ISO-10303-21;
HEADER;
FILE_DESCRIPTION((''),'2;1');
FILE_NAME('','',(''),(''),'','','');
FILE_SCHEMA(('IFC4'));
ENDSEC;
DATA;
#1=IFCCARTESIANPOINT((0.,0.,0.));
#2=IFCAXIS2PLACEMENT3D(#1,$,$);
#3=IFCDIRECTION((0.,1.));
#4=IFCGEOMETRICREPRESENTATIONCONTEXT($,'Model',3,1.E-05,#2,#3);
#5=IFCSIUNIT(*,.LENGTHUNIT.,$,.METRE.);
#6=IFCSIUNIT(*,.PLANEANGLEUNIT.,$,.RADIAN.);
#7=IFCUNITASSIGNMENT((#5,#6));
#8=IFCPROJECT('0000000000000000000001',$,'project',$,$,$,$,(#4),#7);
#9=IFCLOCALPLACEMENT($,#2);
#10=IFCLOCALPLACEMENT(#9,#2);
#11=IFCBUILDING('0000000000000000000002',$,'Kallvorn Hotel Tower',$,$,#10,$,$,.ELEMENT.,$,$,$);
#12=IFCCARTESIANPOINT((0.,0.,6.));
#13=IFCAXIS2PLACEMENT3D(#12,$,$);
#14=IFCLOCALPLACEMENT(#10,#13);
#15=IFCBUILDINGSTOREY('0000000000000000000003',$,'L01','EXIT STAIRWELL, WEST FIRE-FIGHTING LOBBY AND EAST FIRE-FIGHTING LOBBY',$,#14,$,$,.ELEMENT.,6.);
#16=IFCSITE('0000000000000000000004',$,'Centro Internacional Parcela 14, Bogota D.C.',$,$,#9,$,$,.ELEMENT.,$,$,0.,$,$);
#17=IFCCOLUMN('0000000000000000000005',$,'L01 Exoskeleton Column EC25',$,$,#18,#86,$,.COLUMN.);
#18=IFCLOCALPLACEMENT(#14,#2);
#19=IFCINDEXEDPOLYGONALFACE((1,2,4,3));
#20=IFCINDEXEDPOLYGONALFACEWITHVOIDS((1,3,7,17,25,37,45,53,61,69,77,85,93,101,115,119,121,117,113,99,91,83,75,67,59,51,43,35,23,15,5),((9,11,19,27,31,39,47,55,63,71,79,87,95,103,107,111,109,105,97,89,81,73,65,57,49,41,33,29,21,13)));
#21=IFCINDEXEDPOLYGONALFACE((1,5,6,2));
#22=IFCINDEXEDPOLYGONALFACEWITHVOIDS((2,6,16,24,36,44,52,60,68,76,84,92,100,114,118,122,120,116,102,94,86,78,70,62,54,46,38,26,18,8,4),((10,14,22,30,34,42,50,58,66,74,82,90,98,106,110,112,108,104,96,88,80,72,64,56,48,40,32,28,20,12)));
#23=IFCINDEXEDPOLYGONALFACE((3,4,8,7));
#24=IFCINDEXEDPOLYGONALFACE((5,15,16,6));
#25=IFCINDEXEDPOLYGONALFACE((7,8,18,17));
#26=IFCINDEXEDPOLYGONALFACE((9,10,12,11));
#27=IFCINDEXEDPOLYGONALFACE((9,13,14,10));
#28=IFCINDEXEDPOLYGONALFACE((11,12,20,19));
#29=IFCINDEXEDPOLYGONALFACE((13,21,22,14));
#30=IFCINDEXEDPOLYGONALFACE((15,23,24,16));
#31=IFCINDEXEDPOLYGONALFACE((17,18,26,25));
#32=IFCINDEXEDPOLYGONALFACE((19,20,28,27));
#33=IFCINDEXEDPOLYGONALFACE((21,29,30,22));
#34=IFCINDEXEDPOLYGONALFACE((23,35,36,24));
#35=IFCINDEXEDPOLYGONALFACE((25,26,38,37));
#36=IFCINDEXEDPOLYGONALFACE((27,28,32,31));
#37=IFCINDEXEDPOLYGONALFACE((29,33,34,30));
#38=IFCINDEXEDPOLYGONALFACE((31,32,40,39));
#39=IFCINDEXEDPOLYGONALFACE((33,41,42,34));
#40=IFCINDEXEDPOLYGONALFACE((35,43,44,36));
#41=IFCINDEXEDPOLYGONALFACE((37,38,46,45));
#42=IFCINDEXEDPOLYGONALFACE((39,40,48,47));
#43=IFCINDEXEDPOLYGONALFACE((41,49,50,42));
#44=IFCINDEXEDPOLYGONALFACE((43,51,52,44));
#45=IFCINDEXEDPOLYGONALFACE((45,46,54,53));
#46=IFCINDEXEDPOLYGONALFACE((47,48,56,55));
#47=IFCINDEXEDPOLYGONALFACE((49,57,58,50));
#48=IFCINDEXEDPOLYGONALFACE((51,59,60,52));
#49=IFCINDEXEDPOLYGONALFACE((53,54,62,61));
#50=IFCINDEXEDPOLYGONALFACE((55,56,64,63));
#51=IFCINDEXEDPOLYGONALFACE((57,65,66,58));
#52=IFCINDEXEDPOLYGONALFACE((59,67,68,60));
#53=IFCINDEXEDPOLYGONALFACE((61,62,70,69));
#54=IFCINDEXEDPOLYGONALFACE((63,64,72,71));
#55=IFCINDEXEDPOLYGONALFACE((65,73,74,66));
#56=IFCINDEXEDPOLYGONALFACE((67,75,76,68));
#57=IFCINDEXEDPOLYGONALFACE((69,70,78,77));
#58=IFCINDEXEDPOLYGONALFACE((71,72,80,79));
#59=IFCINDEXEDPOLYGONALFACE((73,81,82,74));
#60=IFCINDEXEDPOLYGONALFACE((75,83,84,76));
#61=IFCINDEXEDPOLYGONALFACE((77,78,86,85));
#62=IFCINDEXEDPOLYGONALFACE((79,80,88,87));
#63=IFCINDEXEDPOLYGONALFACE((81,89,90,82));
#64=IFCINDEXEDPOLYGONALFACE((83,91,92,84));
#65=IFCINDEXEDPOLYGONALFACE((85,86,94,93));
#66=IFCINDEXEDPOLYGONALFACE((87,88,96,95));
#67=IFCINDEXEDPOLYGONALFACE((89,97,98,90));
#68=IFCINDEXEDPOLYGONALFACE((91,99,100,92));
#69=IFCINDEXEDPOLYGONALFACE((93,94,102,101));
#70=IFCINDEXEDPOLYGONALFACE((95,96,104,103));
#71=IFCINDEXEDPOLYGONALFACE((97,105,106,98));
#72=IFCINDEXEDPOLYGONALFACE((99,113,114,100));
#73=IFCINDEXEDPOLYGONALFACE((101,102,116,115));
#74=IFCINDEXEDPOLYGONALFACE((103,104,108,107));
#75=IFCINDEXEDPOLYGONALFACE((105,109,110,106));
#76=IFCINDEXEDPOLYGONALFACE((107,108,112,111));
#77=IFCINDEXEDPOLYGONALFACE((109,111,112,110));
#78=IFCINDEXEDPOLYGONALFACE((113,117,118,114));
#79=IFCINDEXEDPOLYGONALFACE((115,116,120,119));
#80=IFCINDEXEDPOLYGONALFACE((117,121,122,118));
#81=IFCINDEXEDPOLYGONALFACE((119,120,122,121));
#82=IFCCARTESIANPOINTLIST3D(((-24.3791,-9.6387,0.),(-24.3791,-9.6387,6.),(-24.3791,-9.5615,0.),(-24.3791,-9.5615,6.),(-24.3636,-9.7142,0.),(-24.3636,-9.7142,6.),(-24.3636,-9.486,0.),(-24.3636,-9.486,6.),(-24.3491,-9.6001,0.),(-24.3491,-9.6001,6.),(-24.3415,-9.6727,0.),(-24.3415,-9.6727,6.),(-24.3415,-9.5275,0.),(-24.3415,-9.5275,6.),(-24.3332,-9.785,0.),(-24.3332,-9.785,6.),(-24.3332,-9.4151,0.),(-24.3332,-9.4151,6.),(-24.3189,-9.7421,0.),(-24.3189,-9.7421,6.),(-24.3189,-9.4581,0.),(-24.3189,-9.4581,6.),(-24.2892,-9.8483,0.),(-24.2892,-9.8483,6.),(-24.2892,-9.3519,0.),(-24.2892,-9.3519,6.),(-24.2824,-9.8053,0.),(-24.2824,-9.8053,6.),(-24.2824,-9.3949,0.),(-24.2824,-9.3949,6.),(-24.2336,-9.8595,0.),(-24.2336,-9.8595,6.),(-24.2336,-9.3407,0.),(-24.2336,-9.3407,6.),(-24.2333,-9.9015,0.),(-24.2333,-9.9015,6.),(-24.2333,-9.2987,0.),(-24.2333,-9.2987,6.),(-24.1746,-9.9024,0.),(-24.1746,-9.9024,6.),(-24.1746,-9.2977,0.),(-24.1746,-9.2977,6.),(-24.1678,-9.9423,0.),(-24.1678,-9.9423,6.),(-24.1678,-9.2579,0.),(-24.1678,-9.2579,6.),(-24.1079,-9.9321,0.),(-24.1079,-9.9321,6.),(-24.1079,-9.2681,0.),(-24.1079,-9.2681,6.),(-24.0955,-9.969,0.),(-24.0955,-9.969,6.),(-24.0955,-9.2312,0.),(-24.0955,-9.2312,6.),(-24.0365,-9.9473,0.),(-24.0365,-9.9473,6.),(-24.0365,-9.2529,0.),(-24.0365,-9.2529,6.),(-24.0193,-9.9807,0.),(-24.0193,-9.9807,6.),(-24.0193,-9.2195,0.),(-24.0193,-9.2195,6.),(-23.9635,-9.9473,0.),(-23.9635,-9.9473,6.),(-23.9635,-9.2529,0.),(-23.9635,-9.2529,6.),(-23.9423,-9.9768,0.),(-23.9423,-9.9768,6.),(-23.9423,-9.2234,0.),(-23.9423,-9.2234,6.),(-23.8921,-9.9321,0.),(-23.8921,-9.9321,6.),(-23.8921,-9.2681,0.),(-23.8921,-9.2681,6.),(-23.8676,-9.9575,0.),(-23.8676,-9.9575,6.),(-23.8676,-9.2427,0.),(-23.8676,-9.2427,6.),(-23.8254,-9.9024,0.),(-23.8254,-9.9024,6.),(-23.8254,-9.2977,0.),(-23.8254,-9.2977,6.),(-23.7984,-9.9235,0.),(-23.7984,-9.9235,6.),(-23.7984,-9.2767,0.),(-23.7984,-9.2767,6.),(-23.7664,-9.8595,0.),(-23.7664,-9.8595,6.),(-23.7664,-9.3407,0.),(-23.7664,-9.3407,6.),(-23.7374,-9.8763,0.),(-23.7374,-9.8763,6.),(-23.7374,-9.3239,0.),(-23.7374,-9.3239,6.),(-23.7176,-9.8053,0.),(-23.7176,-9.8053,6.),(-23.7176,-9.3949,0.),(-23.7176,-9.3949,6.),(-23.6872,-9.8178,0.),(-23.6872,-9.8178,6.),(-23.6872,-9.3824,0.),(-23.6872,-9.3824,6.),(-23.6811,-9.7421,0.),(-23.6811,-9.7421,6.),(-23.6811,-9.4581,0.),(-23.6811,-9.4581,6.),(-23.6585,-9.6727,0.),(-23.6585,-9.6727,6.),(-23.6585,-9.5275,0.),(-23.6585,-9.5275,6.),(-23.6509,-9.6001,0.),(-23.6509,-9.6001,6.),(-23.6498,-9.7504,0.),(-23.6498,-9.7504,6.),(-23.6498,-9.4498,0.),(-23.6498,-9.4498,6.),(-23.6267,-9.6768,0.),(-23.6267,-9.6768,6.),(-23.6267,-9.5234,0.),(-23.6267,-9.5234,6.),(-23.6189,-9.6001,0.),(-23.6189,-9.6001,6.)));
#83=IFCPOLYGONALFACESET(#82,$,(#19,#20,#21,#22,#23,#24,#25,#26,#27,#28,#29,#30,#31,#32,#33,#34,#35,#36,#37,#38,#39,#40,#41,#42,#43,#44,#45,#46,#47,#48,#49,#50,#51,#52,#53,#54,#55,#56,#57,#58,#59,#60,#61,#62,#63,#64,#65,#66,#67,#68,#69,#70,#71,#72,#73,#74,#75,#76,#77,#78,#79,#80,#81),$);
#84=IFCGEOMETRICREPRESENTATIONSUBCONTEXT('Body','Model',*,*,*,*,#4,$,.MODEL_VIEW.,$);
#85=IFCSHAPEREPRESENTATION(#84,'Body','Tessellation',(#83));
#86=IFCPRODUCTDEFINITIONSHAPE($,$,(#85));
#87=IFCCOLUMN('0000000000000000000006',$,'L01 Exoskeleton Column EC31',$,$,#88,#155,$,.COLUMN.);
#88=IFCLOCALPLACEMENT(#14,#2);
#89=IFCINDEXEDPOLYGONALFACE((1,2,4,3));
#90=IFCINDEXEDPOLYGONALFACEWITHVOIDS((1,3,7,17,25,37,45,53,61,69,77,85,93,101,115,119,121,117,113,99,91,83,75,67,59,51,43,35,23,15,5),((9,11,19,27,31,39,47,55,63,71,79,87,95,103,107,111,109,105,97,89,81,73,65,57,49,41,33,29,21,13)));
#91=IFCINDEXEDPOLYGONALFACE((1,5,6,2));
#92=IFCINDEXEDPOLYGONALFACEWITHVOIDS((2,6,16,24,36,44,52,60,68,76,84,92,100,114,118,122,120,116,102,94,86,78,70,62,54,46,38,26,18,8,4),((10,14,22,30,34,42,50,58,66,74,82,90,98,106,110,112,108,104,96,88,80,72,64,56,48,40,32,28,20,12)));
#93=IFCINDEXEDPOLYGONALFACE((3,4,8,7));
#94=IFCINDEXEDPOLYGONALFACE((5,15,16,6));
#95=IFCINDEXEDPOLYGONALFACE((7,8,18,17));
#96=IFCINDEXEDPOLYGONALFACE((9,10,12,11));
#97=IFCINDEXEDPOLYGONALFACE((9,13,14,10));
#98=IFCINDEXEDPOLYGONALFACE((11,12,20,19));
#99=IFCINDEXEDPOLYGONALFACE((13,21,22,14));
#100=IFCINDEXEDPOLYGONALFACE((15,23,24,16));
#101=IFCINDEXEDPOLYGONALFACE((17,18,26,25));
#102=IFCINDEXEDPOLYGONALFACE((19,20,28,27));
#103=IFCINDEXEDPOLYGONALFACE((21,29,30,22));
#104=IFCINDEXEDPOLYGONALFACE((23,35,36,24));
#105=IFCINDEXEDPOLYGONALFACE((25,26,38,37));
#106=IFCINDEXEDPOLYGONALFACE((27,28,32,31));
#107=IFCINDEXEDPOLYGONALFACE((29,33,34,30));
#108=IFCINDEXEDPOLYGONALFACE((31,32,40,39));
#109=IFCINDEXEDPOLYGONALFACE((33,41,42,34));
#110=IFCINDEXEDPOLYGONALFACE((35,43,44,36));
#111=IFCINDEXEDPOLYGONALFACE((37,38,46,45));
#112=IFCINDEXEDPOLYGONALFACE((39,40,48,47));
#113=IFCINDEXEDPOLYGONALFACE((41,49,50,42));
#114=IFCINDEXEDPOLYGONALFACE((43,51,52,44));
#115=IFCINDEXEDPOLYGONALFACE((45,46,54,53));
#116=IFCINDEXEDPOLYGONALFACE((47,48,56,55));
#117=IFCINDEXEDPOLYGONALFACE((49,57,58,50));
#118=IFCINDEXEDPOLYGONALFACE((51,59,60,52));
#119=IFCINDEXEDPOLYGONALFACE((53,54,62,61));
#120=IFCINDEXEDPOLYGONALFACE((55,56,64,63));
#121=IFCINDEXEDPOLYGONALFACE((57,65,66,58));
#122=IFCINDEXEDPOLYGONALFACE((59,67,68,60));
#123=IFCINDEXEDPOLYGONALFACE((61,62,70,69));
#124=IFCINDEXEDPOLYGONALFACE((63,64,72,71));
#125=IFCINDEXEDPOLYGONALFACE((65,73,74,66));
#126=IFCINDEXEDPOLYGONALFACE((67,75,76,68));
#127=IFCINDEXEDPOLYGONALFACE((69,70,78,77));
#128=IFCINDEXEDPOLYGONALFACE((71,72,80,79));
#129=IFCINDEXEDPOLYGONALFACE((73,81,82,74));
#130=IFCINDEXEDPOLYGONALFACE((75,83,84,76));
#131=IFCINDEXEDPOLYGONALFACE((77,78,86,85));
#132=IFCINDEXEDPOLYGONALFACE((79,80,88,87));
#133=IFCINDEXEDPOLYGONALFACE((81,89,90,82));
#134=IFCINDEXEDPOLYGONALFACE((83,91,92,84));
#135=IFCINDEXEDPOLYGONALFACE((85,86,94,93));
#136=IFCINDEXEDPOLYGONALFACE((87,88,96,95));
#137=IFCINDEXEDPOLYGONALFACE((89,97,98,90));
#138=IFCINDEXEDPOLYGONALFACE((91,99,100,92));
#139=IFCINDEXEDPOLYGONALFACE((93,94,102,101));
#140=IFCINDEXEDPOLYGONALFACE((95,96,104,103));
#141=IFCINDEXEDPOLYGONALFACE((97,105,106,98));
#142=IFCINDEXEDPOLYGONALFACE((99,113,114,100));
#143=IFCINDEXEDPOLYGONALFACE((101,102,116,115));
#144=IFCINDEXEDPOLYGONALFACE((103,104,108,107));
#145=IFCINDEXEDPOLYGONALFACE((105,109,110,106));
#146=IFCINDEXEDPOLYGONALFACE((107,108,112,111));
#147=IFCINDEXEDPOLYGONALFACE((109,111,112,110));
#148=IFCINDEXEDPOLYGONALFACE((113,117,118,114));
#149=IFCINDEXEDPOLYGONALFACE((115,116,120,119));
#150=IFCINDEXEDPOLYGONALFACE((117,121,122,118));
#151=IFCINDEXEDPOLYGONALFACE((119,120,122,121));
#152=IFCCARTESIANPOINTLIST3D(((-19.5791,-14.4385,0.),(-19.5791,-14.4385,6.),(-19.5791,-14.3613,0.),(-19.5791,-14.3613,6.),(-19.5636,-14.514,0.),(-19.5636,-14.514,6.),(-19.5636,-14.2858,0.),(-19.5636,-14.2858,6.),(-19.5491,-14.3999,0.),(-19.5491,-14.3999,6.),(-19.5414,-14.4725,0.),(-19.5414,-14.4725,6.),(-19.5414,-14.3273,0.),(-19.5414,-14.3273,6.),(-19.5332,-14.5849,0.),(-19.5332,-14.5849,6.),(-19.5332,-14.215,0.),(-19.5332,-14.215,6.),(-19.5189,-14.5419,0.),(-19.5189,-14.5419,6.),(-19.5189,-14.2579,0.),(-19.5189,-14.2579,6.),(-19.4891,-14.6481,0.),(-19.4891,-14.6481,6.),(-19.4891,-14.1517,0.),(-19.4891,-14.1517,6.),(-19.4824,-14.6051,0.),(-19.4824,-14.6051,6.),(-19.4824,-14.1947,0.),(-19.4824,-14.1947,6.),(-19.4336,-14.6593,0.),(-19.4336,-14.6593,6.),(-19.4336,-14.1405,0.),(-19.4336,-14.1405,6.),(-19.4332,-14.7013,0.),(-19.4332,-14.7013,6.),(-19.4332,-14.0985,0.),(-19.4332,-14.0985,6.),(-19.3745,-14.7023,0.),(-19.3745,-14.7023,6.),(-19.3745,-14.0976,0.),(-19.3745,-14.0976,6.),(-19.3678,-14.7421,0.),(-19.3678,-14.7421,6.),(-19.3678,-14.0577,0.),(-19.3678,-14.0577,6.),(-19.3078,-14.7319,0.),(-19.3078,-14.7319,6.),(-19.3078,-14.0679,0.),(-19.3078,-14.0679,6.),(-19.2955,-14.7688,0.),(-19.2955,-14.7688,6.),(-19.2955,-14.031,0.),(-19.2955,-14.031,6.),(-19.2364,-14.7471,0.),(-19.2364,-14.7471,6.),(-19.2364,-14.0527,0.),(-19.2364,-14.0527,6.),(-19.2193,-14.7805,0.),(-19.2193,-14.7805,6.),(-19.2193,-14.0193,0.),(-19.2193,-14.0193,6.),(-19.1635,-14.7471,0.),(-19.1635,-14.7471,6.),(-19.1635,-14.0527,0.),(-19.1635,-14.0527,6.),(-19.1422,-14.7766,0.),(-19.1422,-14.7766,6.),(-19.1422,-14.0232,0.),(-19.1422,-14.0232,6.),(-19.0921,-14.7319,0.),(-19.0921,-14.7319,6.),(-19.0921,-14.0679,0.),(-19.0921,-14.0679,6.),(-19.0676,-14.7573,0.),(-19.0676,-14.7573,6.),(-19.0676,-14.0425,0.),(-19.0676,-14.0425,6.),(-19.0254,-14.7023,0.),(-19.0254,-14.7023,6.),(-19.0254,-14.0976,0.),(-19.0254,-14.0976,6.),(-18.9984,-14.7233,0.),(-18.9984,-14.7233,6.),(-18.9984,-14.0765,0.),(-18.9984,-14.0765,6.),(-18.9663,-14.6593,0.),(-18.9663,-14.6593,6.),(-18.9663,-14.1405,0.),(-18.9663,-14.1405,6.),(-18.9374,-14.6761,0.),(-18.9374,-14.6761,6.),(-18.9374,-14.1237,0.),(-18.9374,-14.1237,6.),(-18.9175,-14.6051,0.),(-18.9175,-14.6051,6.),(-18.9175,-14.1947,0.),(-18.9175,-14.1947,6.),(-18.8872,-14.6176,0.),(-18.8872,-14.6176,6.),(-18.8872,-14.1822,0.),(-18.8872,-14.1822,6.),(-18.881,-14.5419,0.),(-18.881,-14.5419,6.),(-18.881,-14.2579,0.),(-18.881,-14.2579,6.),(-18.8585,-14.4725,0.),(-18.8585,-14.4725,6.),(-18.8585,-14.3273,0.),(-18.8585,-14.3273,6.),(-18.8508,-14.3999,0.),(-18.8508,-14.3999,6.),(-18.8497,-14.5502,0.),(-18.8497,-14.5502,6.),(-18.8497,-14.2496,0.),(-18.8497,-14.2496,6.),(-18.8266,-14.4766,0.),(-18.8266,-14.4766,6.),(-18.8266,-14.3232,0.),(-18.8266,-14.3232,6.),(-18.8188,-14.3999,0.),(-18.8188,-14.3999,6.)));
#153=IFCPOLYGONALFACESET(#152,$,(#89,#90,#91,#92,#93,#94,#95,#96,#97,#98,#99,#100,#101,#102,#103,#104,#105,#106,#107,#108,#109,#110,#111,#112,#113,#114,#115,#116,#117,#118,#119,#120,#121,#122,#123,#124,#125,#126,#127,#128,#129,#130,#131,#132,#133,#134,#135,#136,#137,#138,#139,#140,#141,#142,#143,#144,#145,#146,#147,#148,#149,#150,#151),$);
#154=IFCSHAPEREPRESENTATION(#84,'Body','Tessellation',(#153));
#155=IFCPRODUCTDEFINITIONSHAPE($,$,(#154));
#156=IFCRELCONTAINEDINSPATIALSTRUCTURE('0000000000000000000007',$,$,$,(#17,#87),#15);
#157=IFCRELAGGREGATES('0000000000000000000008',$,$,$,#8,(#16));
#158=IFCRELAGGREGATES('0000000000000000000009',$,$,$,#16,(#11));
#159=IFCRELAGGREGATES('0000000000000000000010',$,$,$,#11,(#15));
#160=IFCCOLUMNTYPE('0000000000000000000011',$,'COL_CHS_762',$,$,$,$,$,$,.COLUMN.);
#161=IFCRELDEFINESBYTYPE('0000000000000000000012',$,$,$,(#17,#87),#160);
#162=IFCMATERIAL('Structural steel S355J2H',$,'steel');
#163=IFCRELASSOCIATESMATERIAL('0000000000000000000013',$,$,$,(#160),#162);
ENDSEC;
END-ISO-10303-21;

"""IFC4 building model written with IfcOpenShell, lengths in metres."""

from ifc_helpers import new_model, si_unit, direction, frame, origin, origin_2d, place, context, subcontext, project, spatial, hollow_circle, extrude, material, material_profile, profile_set, type_object, element, save


model = new_model("IFC4")

# Units and contexts
model_context = context("Model", 3, precision=1e-05, world=origin(), true_north=direction((0.0, 1.0)))
body_context = subcontext(model_context, "Body", "Model", "MODEL_VIEW")
ifc_project = project(units=[si_unit("LENGTHUNIT", "METRE"), si_unit("PLANEANGLEUNIT", "RADIAN")], contexts=[model_context])

# Site, building, storey
site_placement = place(None, origin())
site = spatial("IfcSite", under=ifc_project, at=site_placement, Name="Centro Internacional Parcela 14, Bogota D.C.", CompositionType="ELEMENT", RefElevation=0.0)
building_placement = place(site_placement, origin())
building = spatial("IfcBuilding", under=site, at=building_placement, Name="Kallvorn Hotel Tower", CompositionType="ELEMENT")
storey_placement = place(building_placement, frame((0.0, 0.0, 6.0)))
storey = spatial("IfcBuildingStorey", under=building, at=storey_placement, Name="L01", Description="EXIT STAIRWELL, WEST FIRE-FIGHTING LOBBY AND EAST FIRE-FIGHTING LOBBY", CompositionType="ELEMENT", Elevation=6.0)

# Columns
ifc_material_1 = material(Name="Structural steel S355J2H", Category="steel")
ifc_material_profile_1 = material_profile(ifc_material_1, hollow_circle(Radius=0.3811, WallThickness=0.032, at=origin_2d()), Name="CHS 762x32")
ifc_profile_set_1 = profile_set([ifc_material_profile_1], Name="Structural steel S355J2H")
column_type_1 = type_object("IfcColumnType", Name="COL_CHS_762", PredefinedType="COLUMN", material=ifc_profile_set_1)
for number, where, z_axis, x_axis, name in (
    (1, (-24.0, -9.6001, 0.0), (0.0, 0.0, 1.0), (1.0, 0.0, 0.0), "L01 Exoskeleton Column EC25"),
    (2, (-19.2, -14.3999, 0.0), (0.0, 0.0, 1.0), (1.0, 0.0, 0.0), "L01 Exoskeleton Column EC31"),
):
    element("IfcColumn", number, at=place(storey_placement, frame(where, z_axis=z_axis, x_axis=x_axis)), inside=storey, type_object=column_type_1, Name=name, PredefinedType="COLUMN", context=body_context, shape_type="SweptSolid", body=[
        extrude(hollow_circle(Radius=0.3811, WallThickness=0.032, at=origin_2d()), origin(), (0.0, 0.0, 1.0), 6.0),
    ])

save(model, "model.ifc")
